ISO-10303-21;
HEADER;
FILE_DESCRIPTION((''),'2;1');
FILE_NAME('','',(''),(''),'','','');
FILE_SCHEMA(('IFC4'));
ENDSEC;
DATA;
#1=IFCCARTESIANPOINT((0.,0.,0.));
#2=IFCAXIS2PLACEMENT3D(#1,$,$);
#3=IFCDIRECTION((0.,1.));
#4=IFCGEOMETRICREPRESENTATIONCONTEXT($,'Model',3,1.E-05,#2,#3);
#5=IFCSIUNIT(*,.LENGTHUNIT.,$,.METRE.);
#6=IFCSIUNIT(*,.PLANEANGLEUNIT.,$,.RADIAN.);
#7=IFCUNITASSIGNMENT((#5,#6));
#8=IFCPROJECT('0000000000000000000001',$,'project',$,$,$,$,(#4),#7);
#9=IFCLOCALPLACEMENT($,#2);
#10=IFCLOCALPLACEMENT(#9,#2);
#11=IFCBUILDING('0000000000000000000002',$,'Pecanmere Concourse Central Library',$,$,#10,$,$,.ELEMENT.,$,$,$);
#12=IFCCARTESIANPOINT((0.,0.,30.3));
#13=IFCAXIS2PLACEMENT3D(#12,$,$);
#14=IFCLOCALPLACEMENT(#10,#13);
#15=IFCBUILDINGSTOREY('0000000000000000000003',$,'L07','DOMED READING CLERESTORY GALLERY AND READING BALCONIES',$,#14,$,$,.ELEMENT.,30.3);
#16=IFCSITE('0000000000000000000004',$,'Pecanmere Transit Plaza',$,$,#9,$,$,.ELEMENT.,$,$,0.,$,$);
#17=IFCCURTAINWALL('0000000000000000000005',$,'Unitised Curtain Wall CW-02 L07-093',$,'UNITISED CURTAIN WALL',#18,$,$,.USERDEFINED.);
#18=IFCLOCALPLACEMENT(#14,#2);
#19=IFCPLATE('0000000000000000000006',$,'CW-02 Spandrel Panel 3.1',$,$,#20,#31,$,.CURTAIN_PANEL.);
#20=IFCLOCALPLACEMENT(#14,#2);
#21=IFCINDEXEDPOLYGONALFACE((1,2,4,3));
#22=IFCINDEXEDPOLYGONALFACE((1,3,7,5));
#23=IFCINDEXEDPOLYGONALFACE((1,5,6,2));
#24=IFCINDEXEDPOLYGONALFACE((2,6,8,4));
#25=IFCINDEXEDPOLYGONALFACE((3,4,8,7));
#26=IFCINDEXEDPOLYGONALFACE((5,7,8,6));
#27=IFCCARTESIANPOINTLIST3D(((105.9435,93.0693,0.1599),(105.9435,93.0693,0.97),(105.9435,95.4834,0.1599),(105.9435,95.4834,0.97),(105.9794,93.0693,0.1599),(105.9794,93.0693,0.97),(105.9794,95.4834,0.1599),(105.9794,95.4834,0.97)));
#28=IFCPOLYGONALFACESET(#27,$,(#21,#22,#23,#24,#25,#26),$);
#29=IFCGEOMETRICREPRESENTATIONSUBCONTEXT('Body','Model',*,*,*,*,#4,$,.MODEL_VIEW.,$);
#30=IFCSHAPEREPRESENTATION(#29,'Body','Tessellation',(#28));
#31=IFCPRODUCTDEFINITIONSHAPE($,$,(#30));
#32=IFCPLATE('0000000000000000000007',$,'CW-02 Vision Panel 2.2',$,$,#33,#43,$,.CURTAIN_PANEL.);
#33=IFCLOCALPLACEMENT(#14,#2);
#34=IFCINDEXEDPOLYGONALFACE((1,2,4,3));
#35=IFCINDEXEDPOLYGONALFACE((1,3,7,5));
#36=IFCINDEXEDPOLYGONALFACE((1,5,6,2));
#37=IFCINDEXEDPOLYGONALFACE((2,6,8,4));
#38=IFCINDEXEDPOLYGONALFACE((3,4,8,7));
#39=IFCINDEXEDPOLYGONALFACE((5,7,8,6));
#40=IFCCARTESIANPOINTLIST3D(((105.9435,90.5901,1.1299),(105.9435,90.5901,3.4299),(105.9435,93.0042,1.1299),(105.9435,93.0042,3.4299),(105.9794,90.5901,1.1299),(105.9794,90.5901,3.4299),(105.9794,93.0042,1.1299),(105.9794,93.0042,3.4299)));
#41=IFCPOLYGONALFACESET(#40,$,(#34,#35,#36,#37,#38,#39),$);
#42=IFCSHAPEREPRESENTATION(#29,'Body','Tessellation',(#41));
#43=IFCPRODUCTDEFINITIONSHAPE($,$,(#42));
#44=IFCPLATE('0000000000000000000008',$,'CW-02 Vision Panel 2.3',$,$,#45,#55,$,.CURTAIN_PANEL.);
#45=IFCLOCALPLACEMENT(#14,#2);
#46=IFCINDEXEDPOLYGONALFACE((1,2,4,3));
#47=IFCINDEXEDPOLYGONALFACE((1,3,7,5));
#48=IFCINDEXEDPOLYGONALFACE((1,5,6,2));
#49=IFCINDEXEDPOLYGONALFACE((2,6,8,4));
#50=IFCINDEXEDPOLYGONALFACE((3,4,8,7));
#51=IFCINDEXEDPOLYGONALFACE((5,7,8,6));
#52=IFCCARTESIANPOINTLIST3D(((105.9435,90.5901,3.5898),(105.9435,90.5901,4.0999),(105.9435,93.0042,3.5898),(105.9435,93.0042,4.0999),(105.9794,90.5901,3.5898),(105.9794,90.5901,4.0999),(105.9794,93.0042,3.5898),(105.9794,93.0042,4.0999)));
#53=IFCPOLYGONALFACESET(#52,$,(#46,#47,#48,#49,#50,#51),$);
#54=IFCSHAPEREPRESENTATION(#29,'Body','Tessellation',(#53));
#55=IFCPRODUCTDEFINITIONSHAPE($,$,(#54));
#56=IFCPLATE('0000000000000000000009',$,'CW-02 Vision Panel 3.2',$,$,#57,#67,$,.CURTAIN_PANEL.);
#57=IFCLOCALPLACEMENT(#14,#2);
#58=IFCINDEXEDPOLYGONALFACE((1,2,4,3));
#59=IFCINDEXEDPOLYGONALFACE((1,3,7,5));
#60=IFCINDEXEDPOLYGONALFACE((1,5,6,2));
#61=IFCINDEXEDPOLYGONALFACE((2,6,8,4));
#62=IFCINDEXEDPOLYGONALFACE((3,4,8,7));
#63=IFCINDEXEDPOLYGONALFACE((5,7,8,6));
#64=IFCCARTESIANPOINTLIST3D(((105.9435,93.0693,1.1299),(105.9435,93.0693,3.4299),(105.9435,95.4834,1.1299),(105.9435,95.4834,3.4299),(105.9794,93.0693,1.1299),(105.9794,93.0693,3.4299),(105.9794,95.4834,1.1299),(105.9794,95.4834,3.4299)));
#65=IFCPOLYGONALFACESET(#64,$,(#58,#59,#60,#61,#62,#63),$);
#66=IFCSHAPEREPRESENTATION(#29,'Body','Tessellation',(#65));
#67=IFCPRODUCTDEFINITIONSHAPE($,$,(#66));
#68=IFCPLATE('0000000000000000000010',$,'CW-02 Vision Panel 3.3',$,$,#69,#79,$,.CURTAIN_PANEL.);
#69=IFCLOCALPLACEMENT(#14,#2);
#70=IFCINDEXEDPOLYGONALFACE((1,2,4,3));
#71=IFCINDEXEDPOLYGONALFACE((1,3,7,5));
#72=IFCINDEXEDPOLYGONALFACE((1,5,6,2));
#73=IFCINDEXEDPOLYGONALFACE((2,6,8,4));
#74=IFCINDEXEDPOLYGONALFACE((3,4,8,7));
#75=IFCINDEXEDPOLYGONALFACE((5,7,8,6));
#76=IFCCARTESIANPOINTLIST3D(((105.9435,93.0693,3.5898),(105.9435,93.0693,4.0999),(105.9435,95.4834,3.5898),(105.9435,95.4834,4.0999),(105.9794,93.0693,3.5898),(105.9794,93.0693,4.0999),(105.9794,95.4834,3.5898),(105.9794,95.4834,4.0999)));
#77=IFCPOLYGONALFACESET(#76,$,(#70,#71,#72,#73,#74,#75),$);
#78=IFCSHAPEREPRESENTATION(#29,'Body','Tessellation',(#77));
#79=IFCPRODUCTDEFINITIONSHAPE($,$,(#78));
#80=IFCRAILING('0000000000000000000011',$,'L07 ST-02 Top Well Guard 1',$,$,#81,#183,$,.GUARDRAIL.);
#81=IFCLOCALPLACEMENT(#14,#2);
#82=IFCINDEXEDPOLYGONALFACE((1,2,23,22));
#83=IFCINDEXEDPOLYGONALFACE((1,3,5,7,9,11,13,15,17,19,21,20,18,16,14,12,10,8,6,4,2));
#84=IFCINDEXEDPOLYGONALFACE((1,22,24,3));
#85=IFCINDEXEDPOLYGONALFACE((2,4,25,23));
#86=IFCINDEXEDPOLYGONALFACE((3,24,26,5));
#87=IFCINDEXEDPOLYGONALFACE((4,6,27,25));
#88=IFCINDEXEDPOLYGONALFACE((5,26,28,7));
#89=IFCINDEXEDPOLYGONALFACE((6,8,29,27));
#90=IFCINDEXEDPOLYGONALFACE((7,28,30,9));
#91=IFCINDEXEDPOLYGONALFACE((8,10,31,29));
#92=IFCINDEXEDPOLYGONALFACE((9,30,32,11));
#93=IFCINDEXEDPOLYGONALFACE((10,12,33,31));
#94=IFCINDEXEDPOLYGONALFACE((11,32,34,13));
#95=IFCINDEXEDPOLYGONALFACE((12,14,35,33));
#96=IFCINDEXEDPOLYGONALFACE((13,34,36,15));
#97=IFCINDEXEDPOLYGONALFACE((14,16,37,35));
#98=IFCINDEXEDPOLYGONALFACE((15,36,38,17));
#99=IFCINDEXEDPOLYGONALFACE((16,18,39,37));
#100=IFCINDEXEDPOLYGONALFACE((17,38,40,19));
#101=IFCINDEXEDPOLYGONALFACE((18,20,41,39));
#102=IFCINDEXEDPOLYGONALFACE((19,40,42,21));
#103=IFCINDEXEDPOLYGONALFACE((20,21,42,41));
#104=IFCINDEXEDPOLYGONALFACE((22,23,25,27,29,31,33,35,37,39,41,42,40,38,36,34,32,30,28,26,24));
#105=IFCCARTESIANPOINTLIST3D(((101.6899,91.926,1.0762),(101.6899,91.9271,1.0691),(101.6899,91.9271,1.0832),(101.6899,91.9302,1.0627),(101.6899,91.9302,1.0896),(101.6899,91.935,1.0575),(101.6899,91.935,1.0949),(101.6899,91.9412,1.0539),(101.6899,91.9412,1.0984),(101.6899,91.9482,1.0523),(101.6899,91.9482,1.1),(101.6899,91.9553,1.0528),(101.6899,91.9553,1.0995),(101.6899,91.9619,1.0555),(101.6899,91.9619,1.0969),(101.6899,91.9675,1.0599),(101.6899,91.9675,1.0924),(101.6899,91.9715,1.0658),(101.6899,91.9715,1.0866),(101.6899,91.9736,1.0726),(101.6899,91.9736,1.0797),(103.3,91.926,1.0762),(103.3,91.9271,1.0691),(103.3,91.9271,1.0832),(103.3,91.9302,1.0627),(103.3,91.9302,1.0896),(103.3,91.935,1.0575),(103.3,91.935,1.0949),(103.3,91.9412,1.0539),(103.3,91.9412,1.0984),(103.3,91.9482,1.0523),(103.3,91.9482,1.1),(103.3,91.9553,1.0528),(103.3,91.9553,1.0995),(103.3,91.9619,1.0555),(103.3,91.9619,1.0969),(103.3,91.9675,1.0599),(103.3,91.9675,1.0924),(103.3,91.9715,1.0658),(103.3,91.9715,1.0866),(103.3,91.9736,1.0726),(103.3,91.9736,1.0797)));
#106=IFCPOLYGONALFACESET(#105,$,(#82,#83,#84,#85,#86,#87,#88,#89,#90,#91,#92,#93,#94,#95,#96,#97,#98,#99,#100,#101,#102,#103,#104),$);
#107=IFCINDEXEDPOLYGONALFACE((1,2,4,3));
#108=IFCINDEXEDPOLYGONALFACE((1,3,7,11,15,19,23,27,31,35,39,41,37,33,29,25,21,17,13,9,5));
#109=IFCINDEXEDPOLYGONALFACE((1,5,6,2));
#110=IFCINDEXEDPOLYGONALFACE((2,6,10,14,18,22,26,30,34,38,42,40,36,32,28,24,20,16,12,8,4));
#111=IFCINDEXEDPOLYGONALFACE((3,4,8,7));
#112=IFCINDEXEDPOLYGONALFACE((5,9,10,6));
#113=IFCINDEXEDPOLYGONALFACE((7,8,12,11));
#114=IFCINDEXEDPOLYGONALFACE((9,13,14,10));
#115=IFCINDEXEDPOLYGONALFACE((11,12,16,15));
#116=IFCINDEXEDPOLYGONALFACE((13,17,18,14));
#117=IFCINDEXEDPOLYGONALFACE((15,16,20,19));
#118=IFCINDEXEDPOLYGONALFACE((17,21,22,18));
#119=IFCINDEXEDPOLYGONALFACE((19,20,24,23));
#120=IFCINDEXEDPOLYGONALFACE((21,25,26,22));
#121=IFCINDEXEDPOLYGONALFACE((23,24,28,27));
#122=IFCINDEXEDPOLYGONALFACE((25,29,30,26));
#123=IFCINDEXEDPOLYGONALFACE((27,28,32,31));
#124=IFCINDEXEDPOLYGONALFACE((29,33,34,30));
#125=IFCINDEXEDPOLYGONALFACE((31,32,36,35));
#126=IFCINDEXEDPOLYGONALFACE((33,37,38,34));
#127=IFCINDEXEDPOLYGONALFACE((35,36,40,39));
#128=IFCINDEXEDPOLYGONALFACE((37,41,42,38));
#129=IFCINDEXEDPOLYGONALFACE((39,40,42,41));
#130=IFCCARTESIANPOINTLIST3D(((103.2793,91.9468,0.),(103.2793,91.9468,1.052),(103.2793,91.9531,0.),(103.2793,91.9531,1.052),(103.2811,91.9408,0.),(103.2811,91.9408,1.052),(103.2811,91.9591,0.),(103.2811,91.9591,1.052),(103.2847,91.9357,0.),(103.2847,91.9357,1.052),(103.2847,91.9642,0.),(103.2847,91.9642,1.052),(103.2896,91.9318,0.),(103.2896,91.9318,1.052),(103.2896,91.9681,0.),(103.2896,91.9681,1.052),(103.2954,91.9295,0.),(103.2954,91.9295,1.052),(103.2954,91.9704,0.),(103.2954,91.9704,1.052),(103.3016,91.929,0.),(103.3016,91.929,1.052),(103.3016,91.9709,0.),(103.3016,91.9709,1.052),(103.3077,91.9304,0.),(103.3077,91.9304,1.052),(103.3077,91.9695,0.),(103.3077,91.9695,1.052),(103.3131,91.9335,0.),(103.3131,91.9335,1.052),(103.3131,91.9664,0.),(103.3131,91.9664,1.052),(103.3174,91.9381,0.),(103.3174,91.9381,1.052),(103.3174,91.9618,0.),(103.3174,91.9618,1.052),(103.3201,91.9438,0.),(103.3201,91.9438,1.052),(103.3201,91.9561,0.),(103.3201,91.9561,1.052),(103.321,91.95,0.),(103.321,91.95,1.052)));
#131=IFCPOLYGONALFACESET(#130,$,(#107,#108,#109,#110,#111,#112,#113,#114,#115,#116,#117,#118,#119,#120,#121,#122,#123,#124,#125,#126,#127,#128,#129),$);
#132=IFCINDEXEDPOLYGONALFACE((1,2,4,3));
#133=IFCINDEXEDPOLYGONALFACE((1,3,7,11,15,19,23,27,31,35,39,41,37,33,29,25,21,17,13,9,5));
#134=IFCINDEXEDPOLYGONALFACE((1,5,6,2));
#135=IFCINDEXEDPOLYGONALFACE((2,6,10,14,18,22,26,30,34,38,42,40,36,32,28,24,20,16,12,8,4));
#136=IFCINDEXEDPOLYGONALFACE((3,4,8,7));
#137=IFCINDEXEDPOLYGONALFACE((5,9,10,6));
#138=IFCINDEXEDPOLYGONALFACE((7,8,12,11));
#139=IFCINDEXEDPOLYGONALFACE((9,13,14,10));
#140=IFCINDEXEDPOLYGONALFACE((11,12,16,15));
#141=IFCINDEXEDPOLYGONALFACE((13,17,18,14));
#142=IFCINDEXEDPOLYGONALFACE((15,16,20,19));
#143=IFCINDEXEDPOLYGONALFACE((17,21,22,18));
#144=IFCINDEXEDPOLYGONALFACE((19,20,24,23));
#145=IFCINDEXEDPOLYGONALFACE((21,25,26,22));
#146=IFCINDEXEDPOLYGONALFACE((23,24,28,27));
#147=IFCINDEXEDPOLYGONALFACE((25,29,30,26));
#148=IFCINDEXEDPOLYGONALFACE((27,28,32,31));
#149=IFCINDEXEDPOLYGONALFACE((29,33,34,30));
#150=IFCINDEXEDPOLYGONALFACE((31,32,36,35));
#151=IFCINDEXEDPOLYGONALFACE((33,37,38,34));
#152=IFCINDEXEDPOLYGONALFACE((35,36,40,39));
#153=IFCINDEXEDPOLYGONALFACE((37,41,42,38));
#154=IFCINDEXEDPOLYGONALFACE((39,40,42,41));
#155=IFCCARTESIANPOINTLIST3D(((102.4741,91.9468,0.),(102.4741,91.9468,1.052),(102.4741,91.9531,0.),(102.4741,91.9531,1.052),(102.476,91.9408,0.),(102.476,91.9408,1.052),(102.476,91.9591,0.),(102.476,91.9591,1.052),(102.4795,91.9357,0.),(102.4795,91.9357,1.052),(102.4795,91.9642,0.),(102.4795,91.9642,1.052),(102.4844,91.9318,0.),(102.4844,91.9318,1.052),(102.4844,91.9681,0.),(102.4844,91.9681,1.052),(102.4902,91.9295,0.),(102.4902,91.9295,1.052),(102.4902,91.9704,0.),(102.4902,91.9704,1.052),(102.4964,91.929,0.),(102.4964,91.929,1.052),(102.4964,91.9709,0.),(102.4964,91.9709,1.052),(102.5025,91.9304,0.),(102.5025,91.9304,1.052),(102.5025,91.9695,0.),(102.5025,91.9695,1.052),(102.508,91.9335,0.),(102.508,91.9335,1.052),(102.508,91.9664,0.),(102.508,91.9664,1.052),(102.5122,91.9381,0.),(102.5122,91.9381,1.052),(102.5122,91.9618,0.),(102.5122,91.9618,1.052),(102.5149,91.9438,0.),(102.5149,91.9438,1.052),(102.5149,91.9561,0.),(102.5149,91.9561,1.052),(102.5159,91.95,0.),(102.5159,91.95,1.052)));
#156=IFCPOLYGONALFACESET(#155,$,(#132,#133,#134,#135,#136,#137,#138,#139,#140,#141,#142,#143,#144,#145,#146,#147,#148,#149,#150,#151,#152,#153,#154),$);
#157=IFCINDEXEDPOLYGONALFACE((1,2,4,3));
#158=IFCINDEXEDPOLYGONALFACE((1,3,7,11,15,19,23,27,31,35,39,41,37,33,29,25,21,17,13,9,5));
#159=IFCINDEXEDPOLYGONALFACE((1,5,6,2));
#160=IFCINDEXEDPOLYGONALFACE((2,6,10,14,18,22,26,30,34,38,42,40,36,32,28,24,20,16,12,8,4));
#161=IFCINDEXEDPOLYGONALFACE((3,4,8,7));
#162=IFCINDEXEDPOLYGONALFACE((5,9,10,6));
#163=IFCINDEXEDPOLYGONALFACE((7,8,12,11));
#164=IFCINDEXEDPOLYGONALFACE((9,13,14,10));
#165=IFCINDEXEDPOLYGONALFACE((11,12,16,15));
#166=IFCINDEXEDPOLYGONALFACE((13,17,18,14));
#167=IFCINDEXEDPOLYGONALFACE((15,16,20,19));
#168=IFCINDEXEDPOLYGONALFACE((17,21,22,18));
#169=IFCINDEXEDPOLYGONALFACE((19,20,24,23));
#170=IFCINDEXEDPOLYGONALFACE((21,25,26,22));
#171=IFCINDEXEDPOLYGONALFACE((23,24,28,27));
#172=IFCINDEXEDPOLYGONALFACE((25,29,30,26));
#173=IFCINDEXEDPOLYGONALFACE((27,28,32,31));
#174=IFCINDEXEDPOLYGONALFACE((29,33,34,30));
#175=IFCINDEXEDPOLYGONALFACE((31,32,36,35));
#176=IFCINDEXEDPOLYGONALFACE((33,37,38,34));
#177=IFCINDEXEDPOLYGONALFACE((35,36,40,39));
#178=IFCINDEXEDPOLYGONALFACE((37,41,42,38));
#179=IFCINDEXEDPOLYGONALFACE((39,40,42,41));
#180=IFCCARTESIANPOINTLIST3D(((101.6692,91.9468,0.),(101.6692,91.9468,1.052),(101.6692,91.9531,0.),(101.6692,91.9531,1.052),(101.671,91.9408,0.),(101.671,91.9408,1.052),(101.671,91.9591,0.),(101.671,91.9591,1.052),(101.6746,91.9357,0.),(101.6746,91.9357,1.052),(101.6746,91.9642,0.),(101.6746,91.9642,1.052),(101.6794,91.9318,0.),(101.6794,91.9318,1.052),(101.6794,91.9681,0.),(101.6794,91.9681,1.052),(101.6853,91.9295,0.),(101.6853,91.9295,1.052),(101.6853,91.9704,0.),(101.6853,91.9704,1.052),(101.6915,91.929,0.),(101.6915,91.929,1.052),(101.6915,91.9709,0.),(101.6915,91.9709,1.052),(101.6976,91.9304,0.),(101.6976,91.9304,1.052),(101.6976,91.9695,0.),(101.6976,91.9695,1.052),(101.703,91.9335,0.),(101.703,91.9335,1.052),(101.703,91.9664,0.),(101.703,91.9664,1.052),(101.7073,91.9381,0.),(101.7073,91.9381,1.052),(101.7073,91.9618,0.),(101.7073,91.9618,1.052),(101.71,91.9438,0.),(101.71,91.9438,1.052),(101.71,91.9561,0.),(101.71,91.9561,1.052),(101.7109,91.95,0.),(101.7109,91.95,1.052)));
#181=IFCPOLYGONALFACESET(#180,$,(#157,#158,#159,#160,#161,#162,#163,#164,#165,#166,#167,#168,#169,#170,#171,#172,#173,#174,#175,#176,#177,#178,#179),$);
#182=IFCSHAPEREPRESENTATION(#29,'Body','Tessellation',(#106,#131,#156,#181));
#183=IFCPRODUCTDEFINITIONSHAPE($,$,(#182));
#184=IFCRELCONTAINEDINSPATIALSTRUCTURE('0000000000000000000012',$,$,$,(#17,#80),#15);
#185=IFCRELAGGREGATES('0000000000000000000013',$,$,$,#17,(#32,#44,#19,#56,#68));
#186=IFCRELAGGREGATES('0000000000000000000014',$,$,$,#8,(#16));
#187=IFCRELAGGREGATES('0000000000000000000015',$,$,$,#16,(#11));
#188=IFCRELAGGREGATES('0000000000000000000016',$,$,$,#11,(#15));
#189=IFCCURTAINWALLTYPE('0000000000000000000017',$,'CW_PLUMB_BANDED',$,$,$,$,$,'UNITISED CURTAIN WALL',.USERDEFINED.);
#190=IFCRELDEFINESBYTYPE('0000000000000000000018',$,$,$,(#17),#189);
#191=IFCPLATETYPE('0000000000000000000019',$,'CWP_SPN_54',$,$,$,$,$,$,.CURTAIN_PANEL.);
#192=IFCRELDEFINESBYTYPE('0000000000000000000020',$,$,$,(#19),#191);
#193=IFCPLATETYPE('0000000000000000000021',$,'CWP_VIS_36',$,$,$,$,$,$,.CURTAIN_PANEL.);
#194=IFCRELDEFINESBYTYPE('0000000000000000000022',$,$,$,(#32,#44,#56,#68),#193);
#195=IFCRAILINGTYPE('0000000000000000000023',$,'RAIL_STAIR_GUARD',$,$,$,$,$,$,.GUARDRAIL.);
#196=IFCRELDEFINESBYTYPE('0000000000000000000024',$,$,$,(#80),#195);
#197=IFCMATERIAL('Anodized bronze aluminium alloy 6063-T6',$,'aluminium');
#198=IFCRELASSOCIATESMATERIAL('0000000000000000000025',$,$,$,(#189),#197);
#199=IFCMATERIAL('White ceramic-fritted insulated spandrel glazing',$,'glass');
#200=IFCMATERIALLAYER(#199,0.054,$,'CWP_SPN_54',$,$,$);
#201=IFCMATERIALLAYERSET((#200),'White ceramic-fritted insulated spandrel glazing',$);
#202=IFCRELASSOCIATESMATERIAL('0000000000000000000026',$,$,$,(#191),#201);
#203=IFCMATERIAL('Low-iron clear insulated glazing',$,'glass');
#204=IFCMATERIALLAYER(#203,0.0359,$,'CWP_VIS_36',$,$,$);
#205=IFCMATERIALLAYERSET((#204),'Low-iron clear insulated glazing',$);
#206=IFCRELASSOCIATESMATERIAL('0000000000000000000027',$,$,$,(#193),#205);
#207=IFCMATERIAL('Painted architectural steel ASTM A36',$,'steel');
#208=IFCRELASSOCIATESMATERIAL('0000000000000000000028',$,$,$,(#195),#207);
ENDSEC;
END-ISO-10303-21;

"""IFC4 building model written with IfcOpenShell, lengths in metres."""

from ifc_helpers import new_model, si_unit, direction, frame, origin, origin_2d, place, context, subcontext, project, spatial, rectangle, circle, extrude, material, layer, layer_set, type_object, element, aggregate, save


model = new_model("IFC4")

# Units and contexts
model_context = context("Model", 3, precision=1e-05, world=origin(), true_north=direction((0.0, 1.0)))
body_context = subcontext(model_context, "Body", "Model", "MODEL_VIEW")
ifc_project = project(units=[si_unit("LENGTHUNIT", "METRE"), si_unit("PLANEANGLEUNIT", "RADIAN")], contexts=[model_context])

# Site, building, storey
site_placement = place(None, origin())
site = spatial("IfcSite", under=ifc_project, at=site_placement, Name="Pecanmere Transit Plaza", CompositionType="ELEMENT", RefElevation=0.0)
building_placement = place(site_placement, origin())
building = spatial("IfcBuilding", under=site, at=building_placement, Name="Pecanmere Concourse Central Library", CompositionType="ELEMENT")
storey_placement = place(building_placement, frame((0.0, 0.0, 30.3)))
storey = spatial("IfcBuildingStorey", under=building, at=storey_placement, Name="L07", Description="DOMED READING CLERESTORY GALLERY AND READING BALCONIES", CompositionType="ELEMENT", Elevation=30.3)

# Curtain wall, plates
ifc_material_1 = material(Name="Anodized bronze aluminium alloy 6063-T6", Category="aluminium")
curtain_wall_type = type_object("IfcCurtainWallType", Name="CW_PLUMB_BANDED", ElementType="UNITISED CURTAIN WALL", PredefinedType="USERDEFINED", material=ifc_material_1)
curtain_wall_placement = place(storey_placement, origin())
curtain_wall = element("IfcCurtainWall", 1, at=curtain_wall_placement, inside=storey, type_object=curtain_wall_type, Name="Unitised Curtain Wall CW-02 L07-093", ObjectType="UNITISED CURTAIN WALL", PredefinedType="USERDEFINED")
ifc_material_2 = material(Name="White ceramic-fritted insulated spandrel glazing", Category="glass")
ifc_layer_1 = layer(ifc_material_2, 0.054, Name="CWP_SPN_54")
ifc_layer_set_1 = layer_set([ifc_layer_1], Name="White ceramic-fritted insulated spandrel glazing")
plate_type_1 = type_object("IfcPlateType", Name="CWP_SPN_54", PredefinedType="CURTAIN_PANEL", material=ifc_layer_set_1)
plate_1_placement = place(storey_placement, frame((105.9614, 94.2764, 0.1599), z_axis=(0.0, 0.0, 1.0), x_axis=(0.0, 1.0, 0.0)))
plate_1 = element("IfcPlate", 2, at=plate_1_placement, type_object=plate_type_1, Name="CW-02 Spandrel Panel 3.1", PredefinedType="CURTAIN_PANEL", context=body_context, shape_type="SweptSolid", body=[
    extrude(rectangle(XDim=2.4141, YDim=0.0359, at=origin_2d()), origin(), (0.0, 0.0, 1.0), 0.8101),
])
ifc_material_3 = material(Name="Low-iron clear insulated glazing", Category="glass")
ifc_layer_2 = layer(ifc_material_3, 0.0359, Name="CWP_VIS_36")
ifc_layer_set_2 = layer_set([ifc_layer_2], Name="Low-iron clear insulated glazing")
plate_type_2 = type_object("IfcPlateType", Name="CWP_VIS_36", PredefinedType="CURTAIN_PANEL", material=ifc_layer_set_2)
plate_2_placement = place(storey_placement, frame((105.9614, 91.7971, 1.1299), z_axis=(0.0, 0.0, 1.0), x_axis=(0.0, 1.0, 0.0)))
plate_2 = element("IfcPlate", 3, at=plate_2_placement, type_object=plate_type_2, Name="CW-02 Vision Panel 2.2", PredefinedType="CURTAIN_PANEL", context=body_context, shape_type="SweptSolid", body=[
    extrude(rectangle(XDim=2.4141, YDim=0.0359, at=origin_2d()), origin(), (0.0, 0.0, 1.0), 2.3),
])
plate_3_placement = place(storey_placement, frame((105.9614, 91.7971, 3.5898), z_axis=(0.0, 0.0, 1.0), x_axis=(0.0, 1.0, 0.0)))
plate_3 = element("IfcPlate", 4, at=plate_3_placement, type_object=plate_type_2, Name="CW-02 Vision Panel 2.3", PredefinedType="CURTAIN_PANEL", context=body_context, shape_type="SweptSolid", body=[
    extrude(rectangle(XDim=2.4141, YDim=0.0359, at=origin_2d()), origin(), (0.0, 0.0, 1.0), 0.51),
])
plate_4_placement = place(storey_placement, frame((105.9614, 94.2764, 1.1299), z_axis=(0.0, 0.0, 1.0), x_axis=(0.0, 1.0, 0.0)))
plate_4 = element("IfcPlate", 5, at=plate_4_placement, type_object=plate_type_2, Name="CW-02 Vision Panel 3.2", PredefinedType="CURTAIN_PANEL", context=body_context, shape_type="SweptSolid", body=[
    extrude(rectangle(XDim=2.4141, YDim=0.0359, at=origin_2d()), origin(), (0.0, 0.0, 1.0), 2.3),
])
plate_5_placement = place(storey_placement, frame((105.9614, 94.2764, 3.5898), z_axis=(0.0, 0.0, 1.0), x_axis=(0.0, 1.0, 0.0)))
plate_5 = element("IfcPlate", 6, at=plate_5_placement, type_object=plate_type_2, Name="CW-02 Vision Panel 3.3", PredefinedType="CURTAIN_PANEL", context=body_context, shape_type="SweptSolid", body=[
    extrude(rectangle(XDim=2.4141, YDim=0.0359, at=origin_2d()), origin(), (0.0, 0.0, 1.0), 0.51),
])
aggregate(curtain_wall, [plate_2, plate_3, plate_1, plate_4, plate_5])

# Railing
ifc_material_4 = material(Name="Painted architectural steel ASTM A36", Category="steel")
railing_type = type_object("IfcRailingType", Name="RAIL_STAIR_GUARD", PredefinedType="GUARDRAIL", material=ifc_material_4)
railing_placement = place(storey_placement, frame((103.3, 91.95, 0.0)))
element("IfcRailing", 7, at=railing_placement, inside=storey, type_object=railing_type, Name="L07 ST-02 Top Well Guard 1", PredefinedType="GUARDRAIL", context=body_context, shape_type="SweptSolid", body=[
    extrude(circle(Radius=0.0239, at=origin_2d()), frame((0.0, 0.0, 1.0762), z_axis=(-1.0, 0.0, 0.0), x_axis=(0.0, -1.0, 0.0)), (0.0, 0.0, 1.0), 1.6101),
    extrude(circle(Radius=0.021, at=origin_2d()), origin(), (0.0, 0.0, 1.0), 1.052),
    extrude(circle(Radius=0.021, at=origin_2d()), frame((-0.8052, 0.0, 0.0)), (0.0, 0.0, 1.0), 1.052),
    extrude(circle(Radius=0.021, at=origin_2d()), frame((-1.6101, 0.0, 0.0)), (0.0, 0.0, 1.0), 1.052),
])

save(model, "model.ifc")
